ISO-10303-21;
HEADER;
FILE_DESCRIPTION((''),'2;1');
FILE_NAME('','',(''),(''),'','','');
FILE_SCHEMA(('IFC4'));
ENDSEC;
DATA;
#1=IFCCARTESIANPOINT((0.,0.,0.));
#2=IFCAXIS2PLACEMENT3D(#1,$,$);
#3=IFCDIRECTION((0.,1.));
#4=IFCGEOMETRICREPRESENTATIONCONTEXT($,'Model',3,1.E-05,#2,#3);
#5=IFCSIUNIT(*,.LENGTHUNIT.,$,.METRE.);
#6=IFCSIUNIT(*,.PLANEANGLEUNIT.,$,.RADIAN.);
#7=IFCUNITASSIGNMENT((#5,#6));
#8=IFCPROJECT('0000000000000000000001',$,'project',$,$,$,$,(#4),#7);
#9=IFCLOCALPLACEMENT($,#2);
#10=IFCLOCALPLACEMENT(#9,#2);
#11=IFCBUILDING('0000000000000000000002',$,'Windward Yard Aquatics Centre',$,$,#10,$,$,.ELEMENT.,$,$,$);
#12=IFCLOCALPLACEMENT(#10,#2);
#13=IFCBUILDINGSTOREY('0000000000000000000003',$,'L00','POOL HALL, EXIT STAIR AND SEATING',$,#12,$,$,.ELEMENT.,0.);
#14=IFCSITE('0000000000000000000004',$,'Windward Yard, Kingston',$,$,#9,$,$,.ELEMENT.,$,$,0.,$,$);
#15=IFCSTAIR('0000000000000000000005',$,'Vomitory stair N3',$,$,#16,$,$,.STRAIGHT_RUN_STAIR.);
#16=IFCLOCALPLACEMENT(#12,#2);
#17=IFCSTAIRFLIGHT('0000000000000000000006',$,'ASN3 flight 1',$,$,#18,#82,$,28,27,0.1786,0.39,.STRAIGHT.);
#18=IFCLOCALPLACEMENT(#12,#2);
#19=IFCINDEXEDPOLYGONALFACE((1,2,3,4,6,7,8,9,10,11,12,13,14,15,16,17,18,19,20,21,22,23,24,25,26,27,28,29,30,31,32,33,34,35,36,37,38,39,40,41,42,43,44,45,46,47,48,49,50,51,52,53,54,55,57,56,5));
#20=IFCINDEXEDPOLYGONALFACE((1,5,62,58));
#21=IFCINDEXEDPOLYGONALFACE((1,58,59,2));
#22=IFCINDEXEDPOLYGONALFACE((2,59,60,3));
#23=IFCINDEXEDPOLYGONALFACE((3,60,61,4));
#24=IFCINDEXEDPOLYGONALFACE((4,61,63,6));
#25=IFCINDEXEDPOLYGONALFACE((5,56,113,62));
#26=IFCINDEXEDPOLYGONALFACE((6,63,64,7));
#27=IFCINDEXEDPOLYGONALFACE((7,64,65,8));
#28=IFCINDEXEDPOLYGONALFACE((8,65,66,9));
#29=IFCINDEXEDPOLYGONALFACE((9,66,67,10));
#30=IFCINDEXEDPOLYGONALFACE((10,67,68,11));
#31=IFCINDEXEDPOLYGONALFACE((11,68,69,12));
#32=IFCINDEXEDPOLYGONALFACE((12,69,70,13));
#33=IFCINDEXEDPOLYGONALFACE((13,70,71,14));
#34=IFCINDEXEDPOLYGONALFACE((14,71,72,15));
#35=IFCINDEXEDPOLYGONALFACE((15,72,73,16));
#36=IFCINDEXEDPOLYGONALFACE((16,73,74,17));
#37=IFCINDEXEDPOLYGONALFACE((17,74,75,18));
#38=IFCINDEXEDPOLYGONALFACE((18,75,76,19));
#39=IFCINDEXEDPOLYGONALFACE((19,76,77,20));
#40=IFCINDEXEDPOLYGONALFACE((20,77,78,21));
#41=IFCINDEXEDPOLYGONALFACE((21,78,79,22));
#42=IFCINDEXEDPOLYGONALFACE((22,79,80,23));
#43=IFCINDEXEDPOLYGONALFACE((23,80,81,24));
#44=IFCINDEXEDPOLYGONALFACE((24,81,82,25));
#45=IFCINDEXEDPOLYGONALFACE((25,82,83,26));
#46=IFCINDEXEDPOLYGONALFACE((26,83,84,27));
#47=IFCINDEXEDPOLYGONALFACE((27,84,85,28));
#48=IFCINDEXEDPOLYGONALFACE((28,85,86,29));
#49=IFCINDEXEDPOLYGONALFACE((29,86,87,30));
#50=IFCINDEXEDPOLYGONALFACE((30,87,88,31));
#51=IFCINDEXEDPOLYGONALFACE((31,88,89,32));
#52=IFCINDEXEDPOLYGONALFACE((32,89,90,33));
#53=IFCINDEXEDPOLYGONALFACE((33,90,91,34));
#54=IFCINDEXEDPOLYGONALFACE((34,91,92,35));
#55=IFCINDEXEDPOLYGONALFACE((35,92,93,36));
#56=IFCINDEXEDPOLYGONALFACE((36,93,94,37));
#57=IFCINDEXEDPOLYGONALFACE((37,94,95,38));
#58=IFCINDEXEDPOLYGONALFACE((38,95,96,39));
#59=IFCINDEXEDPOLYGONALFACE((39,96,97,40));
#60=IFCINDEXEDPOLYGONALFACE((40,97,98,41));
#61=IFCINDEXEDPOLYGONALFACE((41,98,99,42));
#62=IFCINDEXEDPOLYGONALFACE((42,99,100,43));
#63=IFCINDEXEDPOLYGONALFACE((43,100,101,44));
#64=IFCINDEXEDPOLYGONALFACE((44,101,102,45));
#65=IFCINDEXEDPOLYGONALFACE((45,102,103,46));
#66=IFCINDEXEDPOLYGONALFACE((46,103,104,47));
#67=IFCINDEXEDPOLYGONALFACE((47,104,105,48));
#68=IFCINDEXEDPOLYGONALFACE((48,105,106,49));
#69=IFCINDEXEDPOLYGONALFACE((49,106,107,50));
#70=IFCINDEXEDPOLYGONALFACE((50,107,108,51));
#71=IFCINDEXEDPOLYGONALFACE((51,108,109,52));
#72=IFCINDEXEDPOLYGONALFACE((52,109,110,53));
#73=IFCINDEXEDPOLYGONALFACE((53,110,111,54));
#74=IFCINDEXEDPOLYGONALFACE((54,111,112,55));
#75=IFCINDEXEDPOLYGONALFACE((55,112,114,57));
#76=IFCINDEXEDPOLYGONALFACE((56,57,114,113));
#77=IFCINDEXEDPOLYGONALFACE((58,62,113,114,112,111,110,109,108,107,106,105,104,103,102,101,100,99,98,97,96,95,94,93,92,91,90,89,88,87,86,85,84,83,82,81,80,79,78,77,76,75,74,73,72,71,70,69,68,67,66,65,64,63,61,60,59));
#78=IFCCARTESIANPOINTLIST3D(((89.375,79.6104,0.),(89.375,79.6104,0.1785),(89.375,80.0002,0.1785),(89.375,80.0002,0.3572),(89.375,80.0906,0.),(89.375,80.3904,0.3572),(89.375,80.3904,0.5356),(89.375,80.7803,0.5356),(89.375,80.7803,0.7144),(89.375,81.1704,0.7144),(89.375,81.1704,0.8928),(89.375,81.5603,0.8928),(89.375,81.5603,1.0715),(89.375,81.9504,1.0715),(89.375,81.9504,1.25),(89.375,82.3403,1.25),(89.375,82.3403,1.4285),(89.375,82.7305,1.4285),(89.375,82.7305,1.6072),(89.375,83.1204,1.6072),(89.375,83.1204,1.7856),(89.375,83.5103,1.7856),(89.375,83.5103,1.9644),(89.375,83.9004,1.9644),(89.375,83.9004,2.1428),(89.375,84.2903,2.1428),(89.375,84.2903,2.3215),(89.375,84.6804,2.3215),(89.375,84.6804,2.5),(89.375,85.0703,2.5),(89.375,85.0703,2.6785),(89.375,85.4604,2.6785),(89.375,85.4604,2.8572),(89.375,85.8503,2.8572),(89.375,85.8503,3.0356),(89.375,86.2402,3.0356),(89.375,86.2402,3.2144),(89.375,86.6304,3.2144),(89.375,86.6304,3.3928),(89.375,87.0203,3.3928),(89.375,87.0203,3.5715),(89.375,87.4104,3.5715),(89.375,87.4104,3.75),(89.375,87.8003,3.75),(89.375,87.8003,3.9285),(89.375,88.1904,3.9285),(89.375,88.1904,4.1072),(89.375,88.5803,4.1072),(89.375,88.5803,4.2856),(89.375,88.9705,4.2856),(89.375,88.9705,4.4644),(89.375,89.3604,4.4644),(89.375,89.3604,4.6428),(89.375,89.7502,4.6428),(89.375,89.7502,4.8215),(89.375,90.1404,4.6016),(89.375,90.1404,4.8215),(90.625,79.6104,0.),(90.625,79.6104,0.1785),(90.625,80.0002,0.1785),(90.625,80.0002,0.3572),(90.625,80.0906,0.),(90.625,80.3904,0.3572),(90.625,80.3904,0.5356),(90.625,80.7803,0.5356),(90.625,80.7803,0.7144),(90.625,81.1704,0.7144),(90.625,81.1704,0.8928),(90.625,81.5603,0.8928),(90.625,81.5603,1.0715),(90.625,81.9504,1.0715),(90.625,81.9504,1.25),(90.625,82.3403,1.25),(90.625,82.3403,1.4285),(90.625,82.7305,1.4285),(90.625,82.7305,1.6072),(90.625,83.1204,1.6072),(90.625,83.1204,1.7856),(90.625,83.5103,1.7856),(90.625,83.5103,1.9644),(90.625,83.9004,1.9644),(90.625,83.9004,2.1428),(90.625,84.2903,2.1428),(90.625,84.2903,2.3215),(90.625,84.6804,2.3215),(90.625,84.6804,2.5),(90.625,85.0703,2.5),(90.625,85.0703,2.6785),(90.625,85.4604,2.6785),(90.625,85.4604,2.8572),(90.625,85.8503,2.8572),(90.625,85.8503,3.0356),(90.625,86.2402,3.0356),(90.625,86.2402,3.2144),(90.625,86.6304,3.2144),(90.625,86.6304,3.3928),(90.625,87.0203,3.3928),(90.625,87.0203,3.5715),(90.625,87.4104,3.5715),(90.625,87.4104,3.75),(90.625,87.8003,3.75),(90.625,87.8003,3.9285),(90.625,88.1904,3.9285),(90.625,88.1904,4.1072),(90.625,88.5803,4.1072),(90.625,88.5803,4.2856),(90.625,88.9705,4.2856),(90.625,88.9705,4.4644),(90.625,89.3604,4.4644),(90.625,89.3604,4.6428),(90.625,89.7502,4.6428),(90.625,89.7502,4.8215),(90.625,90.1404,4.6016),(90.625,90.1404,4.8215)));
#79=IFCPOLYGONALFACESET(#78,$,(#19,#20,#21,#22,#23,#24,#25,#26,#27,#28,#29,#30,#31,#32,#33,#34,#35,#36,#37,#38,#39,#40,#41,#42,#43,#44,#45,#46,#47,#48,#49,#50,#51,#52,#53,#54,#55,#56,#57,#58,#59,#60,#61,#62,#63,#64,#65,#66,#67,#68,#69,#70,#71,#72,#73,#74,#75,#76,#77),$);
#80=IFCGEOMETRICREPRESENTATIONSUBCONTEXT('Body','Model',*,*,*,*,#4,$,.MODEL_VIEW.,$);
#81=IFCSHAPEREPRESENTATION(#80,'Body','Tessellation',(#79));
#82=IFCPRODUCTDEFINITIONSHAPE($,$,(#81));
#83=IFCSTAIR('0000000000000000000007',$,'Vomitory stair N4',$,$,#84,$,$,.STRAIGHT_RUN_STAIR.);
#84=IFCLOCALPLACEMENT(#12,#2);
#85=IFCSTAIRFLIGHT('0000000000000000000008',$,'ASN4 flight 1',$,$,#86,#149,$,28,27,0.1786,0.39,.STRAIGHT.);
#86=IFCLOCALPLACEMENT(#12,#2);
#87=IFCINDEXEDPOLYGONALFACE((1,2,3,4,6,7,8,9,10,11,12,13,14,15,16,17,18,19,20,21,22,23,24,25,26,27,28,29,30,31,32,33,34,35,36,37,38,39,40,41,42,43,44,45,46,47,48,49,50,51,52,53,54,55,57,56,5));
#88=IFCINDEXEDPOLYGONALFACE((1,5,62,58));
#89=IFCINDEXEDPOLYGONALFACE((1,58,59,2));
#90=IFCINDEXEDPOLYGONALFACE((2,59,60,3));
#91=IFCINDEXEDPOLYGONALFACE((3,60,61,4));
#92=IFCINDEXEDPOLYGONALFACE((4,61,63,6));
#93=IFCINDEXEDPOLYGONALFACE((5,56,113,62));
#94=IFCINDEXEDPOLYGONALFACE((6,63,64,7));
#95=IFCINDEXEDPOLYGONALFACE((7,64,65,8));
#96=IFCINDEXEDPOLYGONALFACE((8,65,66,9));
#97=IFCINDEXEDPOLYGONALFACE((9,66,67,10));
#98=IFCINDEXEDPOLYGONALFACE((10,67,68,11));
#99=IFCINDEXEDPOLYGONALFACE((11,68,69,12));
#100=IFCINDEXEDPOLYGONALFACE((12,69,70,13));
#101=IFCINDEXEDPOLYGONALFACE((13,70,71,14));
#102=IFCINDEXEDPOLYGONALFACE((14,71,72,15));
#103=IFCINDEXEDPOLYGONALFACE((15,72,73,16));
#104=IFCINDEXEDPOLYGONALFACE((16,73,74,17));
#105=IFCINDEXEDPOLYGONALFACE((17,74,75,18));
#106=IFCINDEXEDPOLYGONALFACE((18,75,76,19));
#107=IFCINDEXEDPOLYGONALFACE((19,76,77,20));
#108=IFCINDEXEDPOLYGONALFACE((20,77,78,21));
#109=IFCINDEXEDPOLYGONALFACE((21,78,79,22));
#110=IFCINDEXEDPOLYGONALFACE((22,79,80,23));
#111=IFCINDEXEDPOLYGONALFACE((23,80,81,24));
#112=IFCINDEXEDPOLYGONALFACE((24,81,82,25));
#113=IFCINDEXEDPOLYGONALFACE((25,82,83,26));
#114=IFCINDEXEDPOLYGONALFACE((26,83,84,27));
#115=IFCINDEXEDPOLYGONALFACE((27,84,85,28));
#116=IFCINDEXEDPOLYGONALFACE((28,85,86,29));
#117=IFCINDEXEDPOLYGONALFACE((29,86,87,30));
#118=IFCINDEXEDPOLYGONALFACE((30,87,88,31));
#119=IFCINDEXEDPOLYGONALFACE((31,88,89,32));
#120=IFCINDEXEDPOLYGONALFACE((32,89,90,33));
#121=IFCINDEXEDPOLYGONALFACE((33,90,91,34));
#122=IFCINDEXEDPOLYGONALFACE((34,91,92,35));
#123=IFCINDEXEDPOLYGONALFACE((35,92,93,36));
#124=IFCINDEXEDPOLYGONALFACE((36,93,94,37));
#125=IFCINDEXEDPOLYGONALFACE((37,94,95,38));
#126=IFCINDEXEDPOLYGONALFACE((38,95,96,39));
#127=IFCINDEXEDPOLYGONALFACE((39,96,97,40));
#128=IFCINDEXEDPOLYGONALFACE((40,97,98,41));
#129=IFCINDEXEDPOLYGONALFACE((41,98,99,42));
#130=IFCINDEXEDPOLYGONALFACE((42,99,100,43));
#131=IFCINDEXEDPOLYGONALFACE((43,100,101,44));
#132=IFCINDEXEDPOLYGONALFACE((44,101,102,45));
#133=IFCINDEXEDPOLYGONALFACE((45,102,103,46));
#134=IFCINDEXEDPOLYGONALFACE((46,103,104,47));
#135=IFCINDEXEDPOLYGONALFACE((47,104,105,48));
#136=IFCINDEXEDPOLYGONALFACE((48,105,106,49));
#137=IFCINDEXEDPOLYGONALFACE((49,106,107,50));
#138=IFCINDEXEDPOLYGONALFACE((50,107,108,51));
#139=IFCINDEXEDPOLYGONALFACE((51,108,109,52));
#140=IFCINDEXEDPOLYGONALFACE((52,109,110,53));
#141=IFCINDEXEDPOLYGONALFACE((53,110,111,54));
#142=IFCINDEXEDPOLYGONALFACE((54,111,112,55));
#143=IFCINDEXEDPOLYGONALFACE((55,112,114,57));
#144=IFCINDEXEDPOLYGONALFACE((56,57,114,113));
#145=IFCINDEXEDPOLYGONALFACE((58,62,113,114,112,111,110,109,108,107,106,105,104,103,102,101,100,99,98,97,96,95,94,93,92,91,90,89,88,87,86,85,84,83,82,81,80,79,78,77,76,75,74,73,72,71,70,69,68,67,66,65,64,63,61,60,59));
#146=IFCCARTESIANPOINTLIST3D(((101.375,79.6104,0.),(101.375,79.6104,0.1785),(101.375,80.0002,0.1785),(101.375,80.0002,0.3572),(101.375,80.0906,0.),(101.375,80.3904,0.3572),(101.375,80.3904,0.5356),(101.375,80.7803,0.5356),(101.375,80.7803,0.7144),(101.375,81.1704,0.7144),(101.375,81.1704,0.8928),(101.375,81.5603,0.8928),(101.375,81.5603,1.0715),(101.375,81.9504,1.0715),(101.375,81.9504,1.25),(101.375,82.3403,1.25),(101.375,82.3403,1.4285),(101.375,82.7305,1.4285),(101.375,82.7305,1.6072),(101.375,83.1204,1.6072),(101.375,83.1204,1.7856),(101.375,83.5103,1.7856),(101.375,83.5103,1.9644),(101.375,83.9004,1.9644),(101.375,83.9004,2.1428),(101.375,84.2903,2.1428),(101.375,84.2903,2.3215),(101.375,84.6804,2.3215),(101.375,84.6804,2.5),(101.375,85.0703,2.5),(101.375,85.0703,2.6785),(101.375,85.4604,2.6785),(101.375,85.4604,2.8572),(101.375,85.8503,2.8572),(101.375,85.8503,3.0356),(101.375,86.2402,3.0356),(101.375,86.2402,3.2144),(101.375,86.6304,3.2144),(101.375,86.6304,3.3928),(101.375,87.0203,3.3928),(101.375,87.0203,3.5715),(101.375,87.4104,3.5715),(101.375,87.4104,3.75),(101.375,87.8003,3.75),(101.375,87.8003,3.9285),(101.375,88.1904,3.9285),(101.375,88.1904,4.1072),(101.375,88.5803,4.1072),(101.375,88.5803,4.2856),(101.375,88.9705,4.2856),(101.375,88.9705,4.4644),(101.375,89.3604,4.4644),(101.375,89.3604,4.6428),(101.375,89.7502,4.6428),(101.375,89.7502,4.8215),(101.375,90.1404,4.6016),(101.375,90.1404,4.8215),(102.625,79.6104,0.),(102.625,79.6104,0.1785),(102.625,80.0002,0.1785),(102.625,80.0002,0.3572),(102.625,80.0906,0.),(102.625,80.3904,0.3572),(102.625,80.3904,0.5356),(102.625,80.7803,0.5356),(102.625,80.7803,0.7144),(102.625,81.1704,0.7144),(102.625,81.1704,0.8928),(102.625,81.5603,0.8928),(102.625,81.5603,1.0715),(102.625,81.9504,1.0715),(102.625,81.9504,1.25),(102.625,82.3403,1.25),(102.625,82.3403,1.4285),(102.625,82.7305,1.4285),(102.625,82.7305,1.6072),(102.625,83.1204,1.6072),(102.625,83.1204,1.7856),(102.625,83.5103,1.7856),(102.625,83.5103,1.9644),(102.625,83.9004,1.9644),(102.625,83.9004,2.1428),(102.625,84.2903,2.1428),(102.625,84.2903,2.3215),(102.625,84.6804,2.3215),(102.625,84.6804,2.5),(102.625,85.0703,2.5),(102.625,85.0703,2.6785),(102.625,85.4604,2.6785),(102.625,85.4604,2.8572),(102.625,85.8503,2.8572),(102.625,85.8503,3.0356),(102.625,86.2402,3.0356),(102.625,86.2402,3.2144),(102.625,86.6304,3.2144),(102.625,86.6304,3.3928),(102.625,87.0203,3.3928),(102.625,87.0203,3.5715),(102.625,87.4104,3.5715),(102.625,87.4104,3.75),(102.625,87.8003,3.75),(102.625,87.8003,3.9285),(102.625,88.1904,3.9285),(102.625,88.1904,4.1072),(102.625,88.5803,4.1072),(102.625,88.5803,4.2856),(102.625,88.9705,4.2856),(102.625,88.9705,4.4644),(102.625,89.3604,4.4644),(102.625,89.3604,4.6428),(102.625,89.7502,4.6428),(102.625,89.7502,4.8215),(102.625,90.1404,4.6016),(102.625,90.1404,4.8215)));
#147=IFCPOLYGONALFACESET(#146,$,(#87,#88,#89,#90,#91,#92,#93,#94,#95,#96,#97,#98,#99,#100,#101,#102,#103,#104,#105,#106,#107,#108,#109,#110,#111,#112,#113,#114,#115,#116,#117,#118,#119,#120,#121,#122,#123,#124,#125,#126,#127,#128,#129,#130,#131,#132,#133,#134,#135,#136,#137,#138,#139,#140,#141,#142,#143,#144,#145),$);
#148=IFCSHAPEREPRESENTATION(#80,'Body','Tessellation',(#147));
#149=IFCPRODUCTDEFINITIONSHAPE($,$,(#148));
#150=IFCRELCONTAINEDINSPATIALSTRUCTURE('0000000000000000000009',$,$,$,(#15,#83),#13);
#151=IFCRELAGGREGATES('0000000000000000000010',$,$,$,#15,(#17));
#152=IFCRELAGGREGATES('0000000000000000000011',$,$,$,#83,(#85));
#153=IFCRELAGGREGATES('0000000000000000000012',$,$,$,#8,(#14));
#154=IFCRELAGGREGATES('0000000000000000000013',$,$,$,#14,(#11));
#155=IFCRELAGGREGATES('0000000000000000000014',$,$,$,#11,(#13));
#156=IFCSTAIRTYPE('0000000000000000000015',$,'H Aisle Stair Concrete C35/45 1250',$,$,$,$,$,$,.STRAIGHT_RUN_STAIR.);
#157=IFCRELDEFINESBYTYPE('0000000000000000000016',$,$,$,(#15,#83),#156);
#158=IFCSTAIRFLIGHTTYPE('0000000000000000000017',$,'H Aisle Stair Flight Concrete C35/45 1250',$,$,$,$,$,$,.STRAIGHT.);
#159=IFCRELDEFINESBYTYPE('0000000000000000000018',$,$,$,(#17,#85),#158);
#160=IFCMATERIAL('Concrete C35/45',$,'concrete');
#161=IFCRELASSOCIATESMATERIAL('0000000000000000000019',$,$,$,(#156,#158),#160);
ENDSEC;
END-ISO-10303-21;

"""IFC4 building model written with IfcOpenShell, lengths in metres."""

from ifc_helpers import new_model, si_unit, direction, frame, origin, place, context, subcontext, project, spatial, polyline, outline, extrude, material, type_object, element, aggregate, save


model = new_model("IFC4")

# Units and contexts
model_context = context("Model", 3, precision=1e-05, world=origin(), true_north=direction((0.0, 1.0)))
body_context = subcontext(model_context, "Body", "Model", "MODEL_VIEW")
ifc_project = project(units=[si_unit("LENGTHUNIT", "METRE"), si_unit("PLANEANGLEUNIT", "RADIAN")], contexts=[model_context])

# Site, building, storey
site_placement = place(None, origin())
site = spatial("IfcSite", under=ifc_project, at=site_placement, Name="Windward Yard, Kingston", CompositionType="ELEMENT", RefElevation=0.0)
building_placement = place(site_placement, origin())
building = spatial("IfcBuilding", under=site, at=building_placement, Name="Windward Yard Aquatics Centre", CompositionType="ELEMENT")
storey_placement = place(building_placement, origin())
storey = spatial("IfcBuildingStorey", under=building, at=storey_placement, Name="L00", Description="POOL HALL, EXIT STAIR AND SEATING", CompositionType="ELEMENT", Elevation=0.0)

# Shared definitions
ifc_material_1 = material(Name="Concrete C35/45", Category="concrete")

# Stairs, stair flights
stair_type = type_object("IfcStairType", Name="H Aisle Stair Concrete C35/45 1250", PredefinedType="STRAIGHT_RUN_STAIR", material=ifc_material_1)
stair_1_placement = place(storey_placement, origin())
stair_1 = element("IfcStair", 1, at=stair_1_placement, inside=storey, type_object=stair_type, Name="Vomitory stair N3", PredefinedType="STRAIGHT_RUN_STAIR")
stair_flight_type = type_object("IfcStairFlightType", Name="H Aisle Stair Flight Concrete C35/45 1250", PredefinedType="STRAIGHT", material=ifc_material_1)
stair_flight_1_placement = place(storey_placement, frame((90.0, 79.6104, 0.0), z_axis=(0.0, 0.0, 1.0), x_axis=(0.0, 1.0, 0.0)))
stair_flight_1 = element("IfcStairFlight", 2, at=stair_flight_1_placement, type_object=stair_flight_type, Name="ASN3 flight 1", NumberOfRisers=28, NumberOfTreads=27, PredefinedType="STRAIGHT", RiserHeight=0.1786, TreadLength=0.39, context=body_context, shape_type="SweptSolid", body=[
    extrude(outline(polyline([(0.0, 0.0), (0.0, 0.1785), (0.3899, 0.1785), (0.3899, 0.3572), (0.78, 0.3572), (0.78, 0.5356), (1.1699, 0.5356), (1.1699, 0.7144), (1.5601, 0.7144), (1.5601, 0.8928), (1.95, 0.8928), (1.95, 1.0715), (2.3401, 1.0715), (2.3401, 1.25), (2.73, 1.25), (2.73, 1.4285), (3.1201, 1.4285), (3.1201, 1.6072), (3.51, 1.6072), (3.51, 1.7856), (3.8999, 1.7856), (3.8999, 1.9644), (4.29, 1.9644), (4.29, 2.1428), (4.6799, 2.1428), (4.6799, 2.3215), (5.0701, 2.3215), (5.0701, 2.5), (5.46, 2.5), (5.46, 2.6785), (5.8501, 2.6785), (5.8501, 2.8572), (6.24, 2.8572), (6.24, 3.0356), (6.6299, 3.0356), (6.6299, 3.2144), (7.02, 3.2144), (7.02, 3.3928), (7.4099, 3.3928), (7.4099, 3.5715), (7.8, 3.5715), (7.8, 3.75), (8.1899, 3.75), (8.1899, 3.9285), (8.5801, 3.9285), (8.5801, 4.1072), (8.97, 4.1072), (8.97, 4.2856), (9.3601, 4.2856), (9.3601, 4.4644), (9.75, 4.4644), (9.75, 4.6428), (10.1399, 4.6428), (10.1399, 4.8215), (10.53, 4.8215), (10.53, 5.0), (10.53, 4.6016), (0.4802, 0.0), (0.0, 0.0)])), frame((0.0, 0.625, 0.0), z_axis=(0.0, -1.0, 0.0), x_axis=(1.0, 0.0, 0.0)), (0.0, 0.0, 1.0), 1.25),
])
aggregate(stair_1, [stair_flight_1])
stair_2_placement = place(storey_placement, origin())
stair_2 = element("IfcStair", 3, at=stair_2_placement, inside=storey, type_object=stair_type, Name="Vomitory stair N4", PredefinedType="STRAIGHT_RUN_STAIR")
stair_flight_2_placement = place(storey_placement, frame((102.0, 79.6104, 0.0), z_axis=(0.0, 0.0, 1.0), x_axis=(0.0, 1.0, 0.0)))
stair_flight_2 = element("IfcStairFlight", 4, at=stair_flight_2_placement, type_object=stair_flight_type, Name="ASN4 flight 1", NumberOfRisers=28, NumberOfTreads=27, PredefinedType="STRAIGHT", RiserHeight=0.1786, TreadLength=0.39, context=body_context, shape_type="SweptSolid", body=[
    extrude(outline(polyline([(0.0, 0.0), (0.0, 0.1785), (0.3899, 0.1785), (0.3899, 0.3572), (0.78, 0.3572), (0.78, 0.5356), (1.1699, 0.5356), (1.1699, 0.7144), (1.5601, 0.7144), (1.5601, 0.8928), (1.95, 0.8928), (1.95, 1.0715), (2.3401, 1.0715), (2.3401, 1.25), (2.73, 1.25), (2.73, 1.4285), (3.1201, 1.4285), (3.1201, 1.6072), (3.51, 1.6072), (3.51, 1.7856), (3.8999, 1.7856), (3.8999, 1.9644), (4.29, 1.9644), (4.29, 2.1428), (4.6799, 2.1428), (4.6799, 2.3215), (5.0701, 2.3215), (5.0701, 2.5), (5.46, 2.5), (5.46, 2.6785), (5.8501, 2.6785), (5.8501, 2.8572), (6.24, 2.8572), (6.24, 3.0356), (6.6299, 3.0356), (6.6299, 3.2144), (7.02, 3.2144), (7.02, 3.3928), (7.4099, 3.3928), (7.4099, 3.5715), (7.8, 3.5715), (7.8, 3.75), (8.1899, 3.75), (8.1899, 3.9285), (8.5801, 3.9285), (8.5801, 4.1072), (8.97, 4.1072), (8.97, 4.2856), (9.3601, 4.2856), (9.3601, 4.4644), (9.75, 4.4644), (9.75, 4.6428), (10.1399, 4.6428), (10.1399, 4.8215), (10.53, 4.8215), (10.53, 5.0), (10.53, 4.6016), (0.4802, 0.0), (0.0, 0.0)])), frame((0.0, 0.625, 0.0), z_axis=(0.0, -1.0, 0.0), x_axis=(1.0, 0.0, 0.0)), (0.0, 0.0, 1.0), 1.25),
])
aggregate(stair_2, [stair_flight_2])

save(model, "model.ifc")
